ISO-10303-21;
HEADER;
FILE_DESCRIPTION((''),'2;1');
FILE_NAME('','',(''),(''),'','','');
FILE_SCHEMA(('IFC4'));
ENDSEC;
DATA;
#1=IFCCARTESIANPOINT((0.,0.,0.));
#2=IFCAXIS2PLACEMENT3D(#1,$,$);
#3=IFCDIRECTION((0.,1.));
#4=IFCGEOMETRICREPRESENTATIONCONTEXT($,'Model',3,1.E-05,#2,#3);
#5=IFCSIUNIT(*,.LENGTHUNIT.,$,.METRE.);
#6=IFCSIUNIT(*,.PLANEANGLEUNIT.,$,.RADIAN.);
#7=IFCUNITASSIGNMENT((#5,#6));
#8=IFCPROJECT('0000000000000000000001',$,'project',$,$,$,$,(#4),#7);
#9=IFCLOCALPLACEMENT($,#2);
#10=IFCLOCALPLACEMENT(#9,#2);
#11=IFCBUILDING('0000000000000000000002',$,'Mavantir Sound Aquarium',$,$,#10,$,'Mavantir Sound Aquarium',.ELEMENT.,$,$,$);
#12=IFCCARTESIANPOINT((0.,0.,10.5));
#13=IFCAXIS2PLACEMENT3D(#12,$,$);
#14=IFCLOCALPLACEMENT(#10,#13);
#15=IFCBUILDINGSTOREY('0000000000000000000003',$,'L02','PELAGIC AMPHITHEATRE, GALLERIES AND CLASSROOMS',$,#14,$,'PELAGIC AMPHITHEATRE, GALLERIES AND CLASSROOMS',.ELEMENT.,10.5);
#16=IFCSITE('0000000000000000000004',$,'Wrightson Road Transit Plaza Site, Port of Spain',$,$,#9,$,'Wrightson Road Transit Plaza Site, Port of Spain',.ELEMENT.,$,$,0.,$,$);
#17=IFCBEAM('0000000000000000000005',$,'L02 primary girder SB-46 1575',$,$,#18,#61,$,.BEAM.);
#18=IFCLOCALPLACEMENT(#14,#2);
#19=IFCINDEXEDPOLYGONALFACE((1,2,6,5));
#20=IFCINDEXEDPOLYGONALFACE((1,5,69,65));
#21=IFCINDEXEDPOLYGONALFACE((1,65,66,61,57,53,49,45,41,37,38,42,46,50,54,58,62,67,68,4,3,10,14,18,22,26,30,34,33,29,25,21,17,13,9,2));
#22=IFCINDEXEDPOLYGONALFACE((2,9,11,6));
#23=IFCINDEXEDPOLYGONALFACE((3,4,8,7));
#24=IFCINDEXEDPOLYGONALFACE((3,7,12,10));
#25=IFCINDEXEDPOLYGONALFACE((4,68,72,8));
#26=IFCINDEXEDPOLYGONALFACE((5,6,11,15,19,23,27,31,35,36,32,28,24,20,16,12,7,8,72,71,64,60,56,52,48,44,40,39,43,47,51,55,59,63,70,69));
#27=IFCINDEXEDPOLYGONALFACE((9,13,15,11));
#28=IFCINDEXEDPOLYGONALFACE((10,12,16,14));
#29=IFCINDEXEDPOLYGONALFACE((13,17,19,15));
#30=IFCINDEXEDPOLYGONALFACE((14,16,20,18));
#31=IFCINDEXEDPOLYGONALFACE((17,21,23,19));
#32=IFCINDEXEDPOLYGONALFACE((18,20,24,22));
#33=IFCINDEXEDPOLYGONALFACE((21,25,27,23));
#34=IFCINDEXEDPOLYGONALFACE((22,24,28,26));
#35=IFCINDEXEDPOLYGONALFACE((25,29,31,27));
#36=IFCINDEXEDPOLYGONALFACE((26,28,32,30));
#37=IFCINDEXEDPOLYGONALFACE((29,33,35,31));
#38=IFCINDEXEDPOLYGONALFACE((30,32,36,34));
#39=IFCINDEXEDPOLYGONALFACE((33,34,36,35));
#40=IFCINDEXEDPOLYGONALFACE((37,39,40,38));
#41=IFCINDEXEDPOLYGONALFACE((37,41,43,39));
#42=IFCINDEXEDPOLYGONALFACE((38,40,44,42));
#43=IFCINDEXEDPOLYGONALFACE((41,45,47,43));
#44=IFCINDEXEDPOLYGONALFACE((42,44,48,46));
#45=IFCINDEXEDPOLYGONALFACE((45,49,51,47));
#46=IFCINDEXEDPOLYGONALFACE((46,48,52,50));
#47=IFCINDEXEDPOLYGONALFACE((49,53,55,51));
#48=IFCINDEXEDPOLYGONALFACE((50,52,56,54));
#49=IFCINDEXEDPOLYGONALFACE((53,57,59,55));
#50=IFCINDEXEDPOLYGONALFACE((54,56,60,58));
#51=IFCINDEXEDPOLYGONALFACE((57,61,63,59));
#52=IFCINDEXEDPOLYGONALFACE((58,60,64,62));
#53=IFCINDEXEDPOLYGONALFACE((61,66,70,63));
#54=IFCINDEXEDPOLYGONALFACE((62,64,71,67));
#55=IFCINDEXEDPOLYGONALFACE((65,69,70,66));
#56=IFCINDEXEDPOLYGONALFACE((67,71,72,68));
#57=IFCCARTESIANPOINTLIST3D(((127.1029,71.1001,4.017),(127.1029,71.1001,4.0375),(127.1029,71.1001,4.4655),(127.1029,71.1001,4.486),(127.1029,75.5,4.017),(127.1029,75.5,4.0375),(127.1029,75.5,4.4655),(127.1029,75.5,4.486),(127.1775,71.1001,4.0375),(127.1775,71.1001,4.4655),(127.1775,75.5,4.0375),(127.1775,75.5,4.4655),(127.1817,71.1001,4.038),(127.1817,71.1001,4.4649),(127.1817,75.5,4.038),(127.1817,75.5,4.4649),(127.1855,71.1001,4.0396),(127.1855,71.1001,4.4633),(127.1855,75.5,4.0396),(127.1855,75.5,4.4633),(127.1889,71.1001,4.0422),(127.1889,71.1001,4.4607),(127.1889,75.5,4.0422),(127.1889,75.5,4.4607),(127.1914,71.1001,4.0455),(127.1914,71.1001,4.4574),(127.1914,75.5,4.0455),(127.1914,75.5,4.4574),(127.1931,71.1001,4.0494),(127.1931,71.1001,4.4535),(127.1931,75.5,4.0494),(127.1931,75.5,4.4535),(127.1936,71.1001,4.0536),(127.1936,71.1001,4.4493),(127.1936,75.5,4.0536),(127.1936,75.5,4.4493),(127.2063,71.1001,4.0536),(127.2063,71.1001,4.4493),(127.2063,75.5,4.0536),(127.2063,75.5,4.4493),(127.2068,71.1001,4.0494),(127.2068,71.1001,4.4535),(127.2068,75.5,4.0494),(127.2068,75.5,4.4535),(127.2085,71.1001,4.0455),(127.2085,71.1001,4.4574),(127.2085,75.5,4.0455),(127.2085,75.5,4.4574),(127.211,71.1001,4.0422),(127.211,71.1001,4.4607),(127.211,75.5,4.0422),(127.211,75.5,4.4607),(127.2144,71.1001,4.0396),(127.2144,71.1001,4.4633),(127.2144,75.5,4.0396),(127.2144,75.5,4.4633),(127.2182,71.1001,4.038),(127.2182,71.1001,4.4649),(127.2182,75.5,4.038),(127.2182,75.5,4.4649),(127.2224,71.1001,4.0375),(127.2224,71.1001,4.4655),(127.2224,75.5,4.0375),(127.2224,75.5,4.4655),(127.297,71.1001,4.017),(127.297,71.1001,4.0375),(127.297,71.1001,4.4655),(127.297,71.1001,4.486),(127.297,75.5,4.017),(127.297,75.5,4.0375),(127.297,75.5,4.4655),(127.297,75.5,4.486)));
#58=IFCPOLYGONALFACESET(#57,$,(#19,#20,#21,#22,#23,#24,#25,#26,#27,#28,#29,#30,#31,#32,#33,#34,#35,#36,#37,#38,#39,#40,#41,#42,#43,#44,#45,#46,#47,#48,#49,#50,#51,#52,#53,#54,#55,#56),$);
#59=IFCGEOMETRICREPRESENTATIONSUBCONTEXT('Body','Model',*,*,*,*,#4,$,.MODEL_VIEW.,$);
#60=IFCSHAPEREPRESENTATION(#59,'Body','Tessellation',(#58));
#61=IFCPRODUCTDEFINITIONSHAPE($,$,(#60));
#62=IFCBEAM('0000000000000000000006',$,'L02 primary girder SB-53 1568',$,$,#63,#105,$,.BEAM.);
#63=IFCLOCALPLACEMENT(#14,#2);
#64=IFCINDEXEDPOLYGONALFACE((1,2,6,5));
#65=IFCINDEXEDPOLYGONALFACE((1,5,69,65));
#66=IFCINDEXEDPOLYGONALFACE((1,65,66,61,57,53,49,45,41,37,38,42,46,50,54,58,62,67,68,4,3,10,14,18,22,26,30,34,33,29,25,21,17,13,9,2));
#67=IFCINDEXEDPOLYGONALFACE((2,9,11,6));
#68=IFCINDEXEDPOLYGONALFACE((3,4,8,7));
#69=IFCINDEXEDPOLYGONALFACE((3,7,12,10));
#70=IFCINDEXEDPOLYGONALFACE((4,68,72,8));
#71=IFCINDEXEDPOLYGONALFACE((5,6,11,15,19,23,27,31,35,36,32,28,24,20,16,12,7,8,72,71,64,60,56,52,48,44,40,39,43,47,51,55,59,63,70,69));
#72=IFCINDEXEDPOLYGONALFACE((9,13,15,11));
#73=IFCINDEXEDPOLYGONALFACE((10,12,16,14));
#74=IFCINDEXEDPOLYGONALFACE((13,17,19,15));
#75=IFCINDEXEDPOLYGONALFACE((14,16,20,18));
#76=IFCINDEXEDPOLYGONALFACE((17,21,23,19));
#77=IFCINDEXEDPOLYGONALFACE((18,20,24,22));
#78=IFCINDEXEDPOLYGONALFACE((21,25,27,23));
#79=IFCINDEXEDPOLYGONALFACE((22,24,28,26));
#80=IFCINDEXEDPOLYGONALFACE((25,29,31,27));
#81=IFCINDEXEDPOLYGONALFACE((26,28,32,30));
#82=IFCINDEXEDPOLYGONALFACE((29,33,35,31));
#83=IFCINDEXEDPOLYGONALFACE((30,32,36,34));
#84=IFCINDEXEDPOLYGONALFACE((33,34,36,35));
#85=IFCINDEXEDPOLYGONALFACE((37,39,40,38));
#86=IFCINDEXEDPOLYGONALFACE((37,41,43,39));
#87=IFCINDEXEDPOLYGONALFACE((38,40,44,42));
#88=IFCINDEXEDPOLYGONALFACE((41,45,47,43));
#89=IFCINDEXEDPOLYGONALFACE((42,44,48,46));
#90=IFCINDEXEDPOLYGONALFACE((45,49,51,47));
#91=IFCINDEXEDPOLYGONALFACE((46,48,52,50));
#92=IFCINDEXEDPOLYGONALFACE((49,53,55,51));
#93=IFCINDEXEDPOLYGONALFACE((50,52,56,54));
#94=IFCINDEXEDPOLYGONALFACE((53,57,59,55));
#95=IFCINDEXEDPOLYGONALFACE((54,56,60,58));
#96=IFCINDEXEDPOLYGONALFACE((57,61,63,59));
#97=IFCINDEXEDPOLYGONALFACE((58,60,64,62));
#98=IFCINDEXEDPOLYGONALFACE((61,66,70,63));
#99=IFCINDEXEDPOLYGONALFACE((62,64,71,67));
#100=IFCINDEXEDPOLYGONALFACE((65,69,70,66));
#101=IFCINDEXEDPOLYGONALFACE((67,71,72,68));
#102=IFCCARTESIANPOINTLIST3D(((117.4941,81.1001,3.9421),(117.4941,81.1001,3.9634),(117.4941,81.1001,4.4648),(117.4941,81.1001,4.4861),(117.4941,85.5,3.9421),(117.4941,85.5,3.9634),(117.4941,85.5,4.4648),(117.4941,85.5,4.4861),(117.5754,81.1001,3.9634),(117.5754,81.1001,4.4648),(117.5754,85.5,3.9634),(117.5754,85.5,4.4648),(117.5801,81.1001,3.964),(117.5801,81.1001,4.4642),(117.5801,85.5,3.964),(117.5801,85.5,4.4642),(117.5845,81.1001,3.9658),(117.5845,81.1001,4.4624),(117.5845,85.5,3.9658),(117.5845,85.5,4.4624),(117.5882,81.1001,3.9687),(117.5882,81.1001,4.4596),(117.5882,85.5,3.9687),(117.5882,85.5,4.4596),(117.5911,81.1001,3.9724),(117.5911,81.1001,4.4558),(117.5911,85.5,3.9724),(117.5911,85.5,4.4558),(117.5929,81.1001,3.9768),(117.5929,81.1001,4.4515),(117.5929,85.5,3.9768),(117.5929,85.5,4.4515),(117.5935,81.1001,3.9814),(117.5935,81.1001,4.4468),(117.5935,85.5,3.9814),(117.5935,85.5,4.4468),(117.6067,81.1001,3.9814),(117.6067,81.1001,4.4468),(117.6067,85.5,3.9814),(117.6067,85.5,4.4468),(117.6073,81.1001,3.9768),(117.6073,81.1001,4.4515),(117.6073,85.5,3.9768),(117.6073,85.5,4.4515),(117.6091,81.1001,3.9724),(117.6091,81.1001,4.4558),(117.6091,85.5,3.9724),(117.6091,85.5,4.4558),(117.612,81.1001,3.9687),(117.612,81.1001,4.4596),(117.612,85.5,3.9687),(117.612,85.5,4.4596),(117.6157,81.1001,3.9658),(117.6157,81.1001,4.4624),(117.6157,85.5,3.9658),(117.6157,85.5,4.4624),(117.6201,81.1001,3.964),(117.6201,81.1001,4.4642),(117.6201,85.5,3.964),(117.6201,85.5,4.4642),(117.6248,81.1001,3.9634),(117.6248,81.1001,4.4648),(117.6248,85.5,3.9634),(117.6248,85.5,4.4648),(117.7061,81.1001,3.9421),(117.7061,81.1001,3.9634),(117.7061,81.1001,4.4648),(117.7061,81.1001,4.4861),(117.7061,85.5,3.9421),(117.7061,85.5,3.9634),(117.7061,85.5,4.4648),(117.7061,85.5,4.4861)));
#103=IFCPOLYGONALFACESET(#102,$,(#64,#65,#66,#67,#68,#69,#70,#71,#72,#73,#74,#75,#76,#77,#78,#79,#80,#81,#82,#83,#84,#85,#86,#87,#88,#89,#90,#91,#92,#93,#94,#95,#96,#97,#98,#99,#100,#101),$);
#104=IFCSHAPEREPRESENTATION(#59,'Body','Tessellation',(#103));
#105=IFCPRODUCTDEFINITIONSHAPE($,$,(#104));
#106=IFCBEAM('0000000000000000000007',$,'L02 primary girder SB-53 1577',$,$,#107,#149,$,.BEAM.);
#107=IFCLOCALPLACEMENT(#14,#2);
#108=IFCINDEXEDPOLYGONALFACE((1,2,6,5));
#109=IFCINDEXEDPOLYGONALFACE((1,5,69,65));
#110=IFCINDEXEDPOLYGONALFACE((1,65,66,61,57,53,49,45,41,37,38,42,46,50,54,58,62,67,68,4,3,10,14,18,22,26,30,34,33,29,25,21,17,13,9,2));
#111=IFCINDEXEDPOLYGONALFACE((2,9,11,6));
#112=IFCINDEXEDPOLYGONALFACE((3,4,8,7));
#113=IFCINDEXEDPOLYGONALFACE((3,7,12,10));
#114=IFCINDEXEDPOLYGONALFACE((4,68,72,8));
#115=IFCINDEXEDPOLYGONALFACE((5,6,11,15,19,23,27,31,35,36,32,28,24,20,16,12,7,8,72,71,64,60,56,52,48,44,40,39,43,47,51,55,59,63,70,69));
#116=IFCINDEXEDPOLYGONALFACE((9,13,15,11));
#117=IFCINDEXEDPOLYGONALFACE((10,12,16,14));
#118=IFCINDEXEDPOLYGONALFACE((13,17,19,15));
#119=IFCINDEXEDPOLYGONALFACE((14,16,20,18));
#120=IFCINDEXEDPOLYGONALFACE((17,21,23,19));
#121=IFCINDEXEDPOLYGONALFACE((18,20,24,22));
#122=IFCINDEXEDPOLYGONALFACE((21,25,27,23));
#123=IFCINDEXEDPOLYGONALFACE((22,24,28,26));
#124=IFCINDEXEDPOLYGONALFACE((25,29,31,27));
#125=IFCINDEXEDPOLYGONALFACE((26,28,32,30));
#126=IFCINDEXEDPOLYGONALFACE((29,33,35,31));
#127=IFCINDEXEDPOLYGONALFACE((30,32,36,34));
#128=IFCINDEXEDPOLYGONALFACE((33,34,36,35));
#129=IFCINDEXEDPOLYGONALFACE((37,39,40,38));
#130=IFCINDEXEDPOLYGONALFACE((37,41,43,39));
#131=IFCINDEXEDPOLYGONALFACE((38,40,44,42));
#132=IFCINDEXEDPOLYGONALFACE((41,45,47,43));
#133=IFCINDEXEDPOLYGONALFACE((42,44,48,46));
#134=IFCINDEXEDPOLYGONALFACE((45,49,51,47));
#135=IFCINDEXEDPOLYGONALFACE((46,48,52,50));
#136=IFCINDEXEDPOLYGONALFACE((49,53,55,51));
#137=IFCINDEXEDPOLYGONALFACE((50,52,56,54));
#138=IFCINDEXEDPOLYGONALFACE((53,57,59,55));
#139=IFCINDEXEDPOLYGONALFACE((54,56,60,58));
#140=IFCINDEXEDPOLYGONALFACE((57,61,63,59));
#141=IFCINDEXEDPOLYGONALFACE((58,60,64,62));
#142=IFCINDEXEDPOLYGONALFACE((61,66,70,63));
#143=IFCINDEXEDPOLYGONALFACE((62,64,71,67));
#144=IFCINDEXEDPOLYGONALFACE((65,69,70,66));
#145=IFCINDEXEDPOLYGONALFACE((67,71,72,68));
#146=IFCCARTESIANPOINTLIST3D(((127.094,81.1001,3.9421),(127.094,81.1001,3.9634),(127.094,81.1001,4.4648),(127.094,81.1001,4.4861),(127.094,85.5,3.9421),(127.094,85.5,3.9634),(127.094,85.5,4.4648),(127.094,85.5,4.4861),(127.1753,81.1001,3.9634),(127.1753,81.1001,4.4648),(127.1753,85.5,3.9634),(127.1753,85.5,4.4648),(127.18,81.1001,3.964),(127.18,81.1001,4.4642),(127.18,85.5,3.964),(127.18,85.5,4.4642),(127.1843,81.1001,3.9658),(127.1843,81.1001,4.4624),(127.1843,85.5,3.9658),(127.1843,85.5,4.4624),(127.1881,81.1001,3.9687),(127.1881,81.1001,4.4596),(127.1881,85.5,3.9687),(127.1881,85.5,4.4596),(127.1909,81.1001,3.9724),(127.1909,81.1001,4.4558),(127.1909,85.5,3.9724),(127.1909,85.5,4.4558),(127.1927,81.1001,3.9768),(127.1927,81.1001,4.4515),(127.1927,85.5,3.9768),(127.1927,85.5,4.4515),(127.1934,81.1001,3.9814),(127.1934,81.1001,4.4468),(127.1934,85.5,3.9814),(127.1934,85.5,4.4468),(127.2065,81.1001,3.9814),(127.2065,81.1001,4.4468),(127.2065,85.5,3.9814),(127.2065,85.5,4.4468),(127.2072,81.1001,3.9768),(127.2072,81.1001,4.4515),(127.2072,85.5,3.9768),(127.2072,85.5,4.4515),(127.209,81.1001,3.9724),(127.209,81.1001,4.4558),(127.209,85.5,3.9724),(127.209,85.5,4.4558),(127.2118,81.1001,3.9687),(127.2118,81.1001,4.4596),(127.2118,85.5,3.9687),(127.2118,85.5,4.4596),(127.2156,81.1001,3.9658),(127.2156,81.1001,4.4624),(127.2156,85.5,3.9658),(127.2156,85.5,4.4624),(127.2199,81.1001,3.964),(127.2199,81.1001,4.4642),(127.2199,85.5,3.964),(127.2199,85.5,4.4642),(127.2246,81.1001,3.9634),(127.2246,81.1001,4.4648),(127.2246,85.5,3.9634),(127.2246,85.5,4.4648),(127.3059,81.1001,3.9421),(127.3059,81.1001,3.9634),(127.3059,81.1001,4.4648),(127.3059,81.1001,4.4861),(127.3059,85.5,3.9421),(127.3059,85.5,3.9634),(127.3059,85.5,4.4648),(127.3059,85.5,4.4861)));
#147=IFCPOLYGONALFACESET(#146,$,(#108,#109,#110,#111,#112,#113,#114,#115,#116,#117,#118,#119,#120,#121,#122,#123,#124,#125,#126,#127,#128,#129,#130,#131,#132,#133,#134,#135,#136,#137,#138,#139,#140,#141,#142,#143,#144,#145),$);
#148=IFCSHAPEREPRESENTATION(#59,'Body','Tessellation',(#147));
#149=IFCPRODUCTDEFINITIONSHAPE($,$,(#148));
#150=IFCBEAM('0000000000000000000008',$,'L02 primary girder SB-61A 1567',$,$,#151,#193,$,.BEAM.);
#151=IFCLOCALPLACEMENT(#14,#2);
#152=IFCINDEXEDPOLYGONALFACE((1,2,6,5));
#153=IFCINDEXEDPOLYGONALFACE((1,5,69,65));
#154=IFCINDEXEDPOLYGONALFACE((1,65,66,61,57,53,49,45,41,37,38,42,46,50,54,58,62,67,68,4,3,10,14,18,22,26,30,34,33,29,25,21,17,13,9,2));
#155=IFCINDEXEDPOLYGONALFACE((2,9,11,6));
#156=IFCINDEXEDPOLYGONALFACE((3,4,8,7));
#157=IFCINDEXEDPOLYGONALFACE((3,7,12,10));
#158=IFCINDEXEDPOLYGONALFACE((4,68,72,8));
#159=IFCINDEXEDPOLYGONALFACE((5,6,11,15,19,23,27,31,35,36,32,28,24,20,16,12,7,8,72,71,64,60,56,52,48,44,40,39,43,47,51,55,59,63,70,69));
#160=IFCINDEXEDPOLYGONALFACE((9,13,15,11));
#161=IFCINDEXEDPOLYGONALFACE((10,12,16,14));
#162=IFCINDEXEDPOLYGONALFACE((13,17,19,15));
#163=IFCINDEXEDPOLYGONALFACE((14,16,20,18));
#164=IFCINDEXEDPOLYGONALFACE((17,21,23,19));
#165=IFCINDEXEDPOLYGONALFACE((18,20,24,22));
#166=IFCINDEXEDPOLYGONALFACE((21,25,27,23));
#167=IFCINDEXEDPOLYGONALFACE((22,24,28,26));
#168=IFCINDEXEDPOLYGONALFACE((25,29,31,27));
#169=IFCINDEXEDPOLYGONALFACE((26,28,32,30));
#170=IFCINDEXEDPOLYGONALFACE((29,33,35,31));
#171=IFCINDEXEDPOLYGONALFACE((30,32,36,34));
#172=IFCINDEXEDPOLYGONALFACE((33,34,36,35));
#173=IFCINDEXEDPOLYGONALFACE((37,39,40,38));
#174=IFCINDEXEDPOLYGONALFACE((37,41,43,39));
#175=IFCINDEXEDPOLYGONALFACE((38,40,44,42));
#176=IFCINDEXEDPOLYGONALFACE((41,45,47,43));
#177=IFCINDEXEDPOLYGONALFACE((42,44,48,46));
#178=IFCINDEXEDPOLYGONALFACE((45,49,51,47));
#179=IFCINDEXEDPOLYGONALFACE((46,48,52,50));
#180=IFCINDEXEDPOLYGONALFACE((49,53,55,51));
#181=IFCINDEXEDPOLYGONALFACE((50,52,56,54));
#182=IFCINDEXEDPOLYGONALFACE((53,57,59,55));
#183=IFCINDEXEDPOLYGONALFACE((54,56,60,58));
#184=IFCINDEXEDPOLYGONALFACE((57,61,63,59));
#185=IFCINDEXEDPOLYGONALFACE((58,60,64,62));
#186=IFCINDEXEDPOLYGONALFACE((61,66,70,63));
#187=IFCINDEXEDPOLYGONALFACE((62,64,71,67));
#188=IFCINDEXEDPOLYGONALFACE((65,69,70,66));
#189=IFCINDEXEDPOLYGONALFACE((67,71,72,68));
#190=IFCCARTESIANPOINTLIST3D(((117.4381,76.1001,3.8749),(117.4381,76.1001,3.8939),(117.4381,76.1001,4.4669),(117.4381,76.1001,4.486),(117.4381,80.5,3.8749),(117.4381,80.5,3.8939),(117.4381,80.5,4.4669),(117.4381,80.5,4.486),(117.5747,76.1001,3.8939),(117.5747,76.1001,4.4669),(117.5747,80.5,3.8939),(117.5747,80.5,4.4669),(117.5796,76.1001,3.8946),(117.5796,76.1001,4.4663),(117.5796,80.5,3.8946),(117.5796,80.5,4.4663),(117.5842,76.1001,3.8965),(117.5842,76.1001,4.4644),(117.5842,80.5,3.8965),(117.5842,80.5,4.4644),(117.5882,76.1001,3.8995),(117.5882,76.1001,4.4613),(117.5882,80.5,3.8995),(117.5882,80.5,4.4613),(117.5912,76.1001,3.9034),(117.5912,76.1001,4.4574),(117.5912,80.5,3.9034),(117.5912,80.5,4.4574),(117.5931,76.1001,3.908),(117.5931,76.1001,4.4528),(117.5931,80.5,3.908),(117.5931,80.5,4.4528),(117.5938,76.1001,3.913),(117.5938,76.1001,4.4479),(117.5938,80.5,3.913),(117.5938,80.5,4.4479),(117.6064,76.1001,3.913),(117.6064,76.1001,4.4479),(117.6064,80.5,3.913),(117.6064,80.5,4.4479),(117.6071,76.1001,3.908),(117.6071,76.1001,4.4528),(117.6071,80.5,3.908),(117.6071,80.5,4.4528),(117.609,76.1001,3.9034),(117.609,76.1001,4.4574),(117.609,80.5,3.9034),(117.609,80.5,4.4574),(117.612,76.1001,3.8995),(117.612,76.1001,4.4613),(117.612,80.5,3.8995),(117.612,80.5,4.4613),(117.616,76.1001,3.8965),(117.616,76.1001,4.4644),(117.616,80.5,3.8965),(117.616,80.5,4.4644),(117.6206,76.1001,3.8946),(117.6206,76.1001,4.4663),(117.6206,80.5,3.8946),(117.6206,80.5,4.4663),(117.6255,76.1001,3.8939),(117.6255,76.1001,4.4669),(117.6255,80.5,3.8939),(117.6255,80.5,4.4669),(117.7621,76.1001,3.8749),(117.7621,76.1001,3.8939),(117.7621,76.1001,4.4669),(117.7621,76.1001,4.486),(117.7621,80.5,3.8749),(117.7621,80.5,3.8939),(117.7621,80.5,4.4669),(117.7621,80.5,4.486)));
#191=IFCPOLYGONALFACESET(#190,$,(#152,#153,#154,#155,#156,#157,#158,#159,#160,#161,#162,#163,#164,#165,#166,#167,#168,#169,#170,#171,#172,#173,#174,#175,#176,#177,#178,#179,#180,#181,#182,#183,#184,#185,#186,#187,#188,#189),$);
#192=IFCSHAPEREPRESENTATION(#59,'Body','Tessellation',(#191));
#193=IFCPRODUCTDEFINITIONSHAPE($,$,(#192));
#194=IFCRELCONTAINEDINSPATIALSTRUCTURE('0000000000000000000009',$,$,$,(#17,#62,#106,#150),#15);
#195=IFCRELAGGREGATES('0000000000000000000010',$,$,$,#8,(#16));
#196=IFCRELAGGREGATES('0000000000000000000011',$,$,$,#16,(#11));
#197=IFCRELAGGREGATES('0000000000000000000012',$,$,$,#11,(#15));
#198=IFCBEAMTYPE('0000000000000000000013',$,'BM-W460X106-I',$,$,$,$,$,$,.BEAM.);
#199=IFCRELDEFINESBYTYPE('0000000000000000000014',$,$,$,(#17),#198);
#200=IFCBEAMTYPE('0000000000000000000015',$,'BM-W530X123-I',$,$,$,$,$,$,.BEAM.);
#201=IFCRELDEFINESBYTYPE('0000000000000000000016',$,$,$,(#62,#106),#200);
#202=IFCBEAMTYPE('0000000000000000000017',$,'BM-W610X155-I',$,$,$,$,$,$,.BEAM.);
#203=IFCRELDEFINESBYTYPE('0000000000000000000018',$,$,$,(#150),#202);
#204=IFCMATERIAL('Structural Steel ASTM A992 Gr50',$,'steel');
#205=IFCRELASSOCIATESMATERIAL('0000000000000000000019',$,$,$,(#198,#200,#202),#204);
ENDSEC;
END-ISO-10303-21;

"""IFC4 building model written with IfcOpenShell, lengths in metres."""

from ifc_helpers import new_model, si_unit, direction, frame, origin, origin_2d, place, context, subcontext, project, spatial, i_section, extrude, material, material_profile, profile_set, type_object, element, save


model = new_model("IFC4")

# Units and contexts
model_context = context("Model", 3, precision=1e-05, world=origin(), true_north=direction((0.0, 1.0)))
body_context = subcontext(model_context, "Body", "Model", "MODEL_VIEW")
ifc_project = project(units=[si_unit("LENGTHUNIT", "METRE"), si_unit("PLANEANGLEUNIT", "RADIAN")], contexts=[model_context])

# Site, building, storey
site_placement = place(None, origin())
site = spatial("IfcSite", under=ifc_project, at=site_placement, Name="Wrightson Road Transit Plaza Site, Port of Spain", LongName="Wrightson Road Transit Plaza Site, Port of Spain", CompositionType="ELEMENT", RefElevation=0.0)
building_placement = place(site_placement, origin())
building = spatial("IfcBuilding", under=site, at=building_placement, Name="Mavantir Sound Aquarium", LongName="Mavantir Sound Aquarium", CompositionType="ELEMENT")
storey_placement = place(building_placement, frame((0.0, 0.0, 10.5)))
storey = spatial("IfcBuildingStorey", under=building, at=storey_placement, Name="L02", Description="PELAGIC AMPHITHEATRE, GALLERIES AND CLASSROOMS", LongName="PELAGIC AMPHITHEATRE, GALLERIES AND CLASSROOMS", CompositionType="ELEMENT", Elevation=10.5)

# Beams
ifc_material_1 = material(Name="Structural Steel ASTM A992 Gr50", Category="steel")
ifc_material_profile_1 = material_profile(ifc_material_1, i_section(OverallWidth=0.1941, OverallDepth=0.469, WebThickness=0.0127, FlangeThickness=0.0205, FilletRadius=0.0161, at=origin_2d()), Name="W460X106")
ifc_profile_set_1 = profile_set([ifc_material_profile_1], Name="Structural Steel ASTM A992 Gr50")
beam_type_1 = type_object("IfcBeamType", Name="BM-W460X106-I", PredefinedType="BEAM", material=ifc_profile_set_1)
for number, where, z_axis, x_axis, name in (
    (1, (127.2, 71.1001, 4.2515), (0.0, 1.0, 0.0), (-1.0, 0.0, 0.0), "L02 primary girder SB-46 1575"),
):
    element("IfcBeam", number, at=place(storey_placement, frame(where, z_axis=z_axis, x_axis=x_axis)), inside=storey, type_object=beam_type_1, Name=name, PredefinedType="BEAM", context=body_context, shape_type="SweptSolid", body=[
        extrude(i_section(OverallWidth=0.1941, OverallDepth=0.469, WebThickness=0.0127, FlangeThickness=0.0205, FilletRadius=0.0161, at=origin_2d()), origin(), (0.0, 0.0, 1.0), 4.3999),
    ])
ifc_material_profile_2 = material_profile(ifc_material_1, i_section(OverallWidth=0.2119, OverallDepth=0.5439, WebThickness=0.0132, FlangeThickness=0.0212, FilletRadius=0.0181, at=origin_2d()), Name="W530X123")
ifc_profile_set_2 = profile_set([ifc_material_profile_2], Name="Structural Steel ASTM A992 Gr50")
beam_type_2 = type_object("IfcBeamType", Name="BM-W530X123-I", PredefinedType="BEAM", material=ifc_profile_set_2)
for number, where, z_axis, x_axis, name in (
    (2, (117.6001, 81.1001, 4.2141), (0.0, 1.0, 0.0), (-1.0, 0.0, 0.0), "L02 primary girder SB-53 1568"),
    (3, (127.2, 81.1001, 4.2141), (0.0, 1.0, 0.0), (-1.0, 0.0, 0.0), "L02 primary girder SB-53 1577"),
):
    element("IfcBeam", number, at=place(storey_placement, frame(where, z_axis=z_axis, x_axis=x_axis)), inside=storey, type_object=beam_type_2, Name=name, PredefinedType="BEAM", context=body_context, shape_type="SweptSolid", body=[
        extrude(i_section(OverallWidth=0.2119, OverallDepth=0.5439, WebThickness=0.0132, FlangeThickness=0.0212, FilletRadius=0.0181, at=origin_2d()), origin(), (0.0, 0.0, 1.0), 4.3999),
    ])
ifc_material_profile_3 = material_profile(ifc_material_1, i_section(OverallWidth=0.324, OverallDepth=0.6111, WebThickness=0.0127, FlangeThickness=0.019, FilletRadius=0.019, at=origin_2d()), Name="W610X155")
ifc_profile_set_3 = profile_set([ifc_material_profile_3], Name="Structural Steel ASTM A992 Gr50")
beam_type_3 = type_object("IfcBeamType", Name="BM-W610X155-I", PredefinedType="BEAM", material=ifc_profile_set_3)
for number, where, z_axis, x_axis, name in (
    (4, (117.6001, 76.1001, 4.1804), (0.0, 1.0, 0.0), (-1.0, 0.0, 0.0), "L02 primary girder SB-61A 1567"),
):
    element("IfcBeam", number, at=place(storey_placement, frame(where, z_axis=z_axis, x_axis=x_axis)), inside=storey, type_object=beam_type_3, Name=name, PredefinedType="BEAM", context=body_context, shape_type="SweptSolid", body=[
        extrude(i_section(OverallWidth=0.324, OverallDepth=0.6111, WebThickness=0.0127, FlangeThickness=0.019, FilletRadius=0.019, at=origin_2d()), origin(), (0.0, 0.0, 1.0), 4.3999),
    ])

save(model, "model.ifc")
